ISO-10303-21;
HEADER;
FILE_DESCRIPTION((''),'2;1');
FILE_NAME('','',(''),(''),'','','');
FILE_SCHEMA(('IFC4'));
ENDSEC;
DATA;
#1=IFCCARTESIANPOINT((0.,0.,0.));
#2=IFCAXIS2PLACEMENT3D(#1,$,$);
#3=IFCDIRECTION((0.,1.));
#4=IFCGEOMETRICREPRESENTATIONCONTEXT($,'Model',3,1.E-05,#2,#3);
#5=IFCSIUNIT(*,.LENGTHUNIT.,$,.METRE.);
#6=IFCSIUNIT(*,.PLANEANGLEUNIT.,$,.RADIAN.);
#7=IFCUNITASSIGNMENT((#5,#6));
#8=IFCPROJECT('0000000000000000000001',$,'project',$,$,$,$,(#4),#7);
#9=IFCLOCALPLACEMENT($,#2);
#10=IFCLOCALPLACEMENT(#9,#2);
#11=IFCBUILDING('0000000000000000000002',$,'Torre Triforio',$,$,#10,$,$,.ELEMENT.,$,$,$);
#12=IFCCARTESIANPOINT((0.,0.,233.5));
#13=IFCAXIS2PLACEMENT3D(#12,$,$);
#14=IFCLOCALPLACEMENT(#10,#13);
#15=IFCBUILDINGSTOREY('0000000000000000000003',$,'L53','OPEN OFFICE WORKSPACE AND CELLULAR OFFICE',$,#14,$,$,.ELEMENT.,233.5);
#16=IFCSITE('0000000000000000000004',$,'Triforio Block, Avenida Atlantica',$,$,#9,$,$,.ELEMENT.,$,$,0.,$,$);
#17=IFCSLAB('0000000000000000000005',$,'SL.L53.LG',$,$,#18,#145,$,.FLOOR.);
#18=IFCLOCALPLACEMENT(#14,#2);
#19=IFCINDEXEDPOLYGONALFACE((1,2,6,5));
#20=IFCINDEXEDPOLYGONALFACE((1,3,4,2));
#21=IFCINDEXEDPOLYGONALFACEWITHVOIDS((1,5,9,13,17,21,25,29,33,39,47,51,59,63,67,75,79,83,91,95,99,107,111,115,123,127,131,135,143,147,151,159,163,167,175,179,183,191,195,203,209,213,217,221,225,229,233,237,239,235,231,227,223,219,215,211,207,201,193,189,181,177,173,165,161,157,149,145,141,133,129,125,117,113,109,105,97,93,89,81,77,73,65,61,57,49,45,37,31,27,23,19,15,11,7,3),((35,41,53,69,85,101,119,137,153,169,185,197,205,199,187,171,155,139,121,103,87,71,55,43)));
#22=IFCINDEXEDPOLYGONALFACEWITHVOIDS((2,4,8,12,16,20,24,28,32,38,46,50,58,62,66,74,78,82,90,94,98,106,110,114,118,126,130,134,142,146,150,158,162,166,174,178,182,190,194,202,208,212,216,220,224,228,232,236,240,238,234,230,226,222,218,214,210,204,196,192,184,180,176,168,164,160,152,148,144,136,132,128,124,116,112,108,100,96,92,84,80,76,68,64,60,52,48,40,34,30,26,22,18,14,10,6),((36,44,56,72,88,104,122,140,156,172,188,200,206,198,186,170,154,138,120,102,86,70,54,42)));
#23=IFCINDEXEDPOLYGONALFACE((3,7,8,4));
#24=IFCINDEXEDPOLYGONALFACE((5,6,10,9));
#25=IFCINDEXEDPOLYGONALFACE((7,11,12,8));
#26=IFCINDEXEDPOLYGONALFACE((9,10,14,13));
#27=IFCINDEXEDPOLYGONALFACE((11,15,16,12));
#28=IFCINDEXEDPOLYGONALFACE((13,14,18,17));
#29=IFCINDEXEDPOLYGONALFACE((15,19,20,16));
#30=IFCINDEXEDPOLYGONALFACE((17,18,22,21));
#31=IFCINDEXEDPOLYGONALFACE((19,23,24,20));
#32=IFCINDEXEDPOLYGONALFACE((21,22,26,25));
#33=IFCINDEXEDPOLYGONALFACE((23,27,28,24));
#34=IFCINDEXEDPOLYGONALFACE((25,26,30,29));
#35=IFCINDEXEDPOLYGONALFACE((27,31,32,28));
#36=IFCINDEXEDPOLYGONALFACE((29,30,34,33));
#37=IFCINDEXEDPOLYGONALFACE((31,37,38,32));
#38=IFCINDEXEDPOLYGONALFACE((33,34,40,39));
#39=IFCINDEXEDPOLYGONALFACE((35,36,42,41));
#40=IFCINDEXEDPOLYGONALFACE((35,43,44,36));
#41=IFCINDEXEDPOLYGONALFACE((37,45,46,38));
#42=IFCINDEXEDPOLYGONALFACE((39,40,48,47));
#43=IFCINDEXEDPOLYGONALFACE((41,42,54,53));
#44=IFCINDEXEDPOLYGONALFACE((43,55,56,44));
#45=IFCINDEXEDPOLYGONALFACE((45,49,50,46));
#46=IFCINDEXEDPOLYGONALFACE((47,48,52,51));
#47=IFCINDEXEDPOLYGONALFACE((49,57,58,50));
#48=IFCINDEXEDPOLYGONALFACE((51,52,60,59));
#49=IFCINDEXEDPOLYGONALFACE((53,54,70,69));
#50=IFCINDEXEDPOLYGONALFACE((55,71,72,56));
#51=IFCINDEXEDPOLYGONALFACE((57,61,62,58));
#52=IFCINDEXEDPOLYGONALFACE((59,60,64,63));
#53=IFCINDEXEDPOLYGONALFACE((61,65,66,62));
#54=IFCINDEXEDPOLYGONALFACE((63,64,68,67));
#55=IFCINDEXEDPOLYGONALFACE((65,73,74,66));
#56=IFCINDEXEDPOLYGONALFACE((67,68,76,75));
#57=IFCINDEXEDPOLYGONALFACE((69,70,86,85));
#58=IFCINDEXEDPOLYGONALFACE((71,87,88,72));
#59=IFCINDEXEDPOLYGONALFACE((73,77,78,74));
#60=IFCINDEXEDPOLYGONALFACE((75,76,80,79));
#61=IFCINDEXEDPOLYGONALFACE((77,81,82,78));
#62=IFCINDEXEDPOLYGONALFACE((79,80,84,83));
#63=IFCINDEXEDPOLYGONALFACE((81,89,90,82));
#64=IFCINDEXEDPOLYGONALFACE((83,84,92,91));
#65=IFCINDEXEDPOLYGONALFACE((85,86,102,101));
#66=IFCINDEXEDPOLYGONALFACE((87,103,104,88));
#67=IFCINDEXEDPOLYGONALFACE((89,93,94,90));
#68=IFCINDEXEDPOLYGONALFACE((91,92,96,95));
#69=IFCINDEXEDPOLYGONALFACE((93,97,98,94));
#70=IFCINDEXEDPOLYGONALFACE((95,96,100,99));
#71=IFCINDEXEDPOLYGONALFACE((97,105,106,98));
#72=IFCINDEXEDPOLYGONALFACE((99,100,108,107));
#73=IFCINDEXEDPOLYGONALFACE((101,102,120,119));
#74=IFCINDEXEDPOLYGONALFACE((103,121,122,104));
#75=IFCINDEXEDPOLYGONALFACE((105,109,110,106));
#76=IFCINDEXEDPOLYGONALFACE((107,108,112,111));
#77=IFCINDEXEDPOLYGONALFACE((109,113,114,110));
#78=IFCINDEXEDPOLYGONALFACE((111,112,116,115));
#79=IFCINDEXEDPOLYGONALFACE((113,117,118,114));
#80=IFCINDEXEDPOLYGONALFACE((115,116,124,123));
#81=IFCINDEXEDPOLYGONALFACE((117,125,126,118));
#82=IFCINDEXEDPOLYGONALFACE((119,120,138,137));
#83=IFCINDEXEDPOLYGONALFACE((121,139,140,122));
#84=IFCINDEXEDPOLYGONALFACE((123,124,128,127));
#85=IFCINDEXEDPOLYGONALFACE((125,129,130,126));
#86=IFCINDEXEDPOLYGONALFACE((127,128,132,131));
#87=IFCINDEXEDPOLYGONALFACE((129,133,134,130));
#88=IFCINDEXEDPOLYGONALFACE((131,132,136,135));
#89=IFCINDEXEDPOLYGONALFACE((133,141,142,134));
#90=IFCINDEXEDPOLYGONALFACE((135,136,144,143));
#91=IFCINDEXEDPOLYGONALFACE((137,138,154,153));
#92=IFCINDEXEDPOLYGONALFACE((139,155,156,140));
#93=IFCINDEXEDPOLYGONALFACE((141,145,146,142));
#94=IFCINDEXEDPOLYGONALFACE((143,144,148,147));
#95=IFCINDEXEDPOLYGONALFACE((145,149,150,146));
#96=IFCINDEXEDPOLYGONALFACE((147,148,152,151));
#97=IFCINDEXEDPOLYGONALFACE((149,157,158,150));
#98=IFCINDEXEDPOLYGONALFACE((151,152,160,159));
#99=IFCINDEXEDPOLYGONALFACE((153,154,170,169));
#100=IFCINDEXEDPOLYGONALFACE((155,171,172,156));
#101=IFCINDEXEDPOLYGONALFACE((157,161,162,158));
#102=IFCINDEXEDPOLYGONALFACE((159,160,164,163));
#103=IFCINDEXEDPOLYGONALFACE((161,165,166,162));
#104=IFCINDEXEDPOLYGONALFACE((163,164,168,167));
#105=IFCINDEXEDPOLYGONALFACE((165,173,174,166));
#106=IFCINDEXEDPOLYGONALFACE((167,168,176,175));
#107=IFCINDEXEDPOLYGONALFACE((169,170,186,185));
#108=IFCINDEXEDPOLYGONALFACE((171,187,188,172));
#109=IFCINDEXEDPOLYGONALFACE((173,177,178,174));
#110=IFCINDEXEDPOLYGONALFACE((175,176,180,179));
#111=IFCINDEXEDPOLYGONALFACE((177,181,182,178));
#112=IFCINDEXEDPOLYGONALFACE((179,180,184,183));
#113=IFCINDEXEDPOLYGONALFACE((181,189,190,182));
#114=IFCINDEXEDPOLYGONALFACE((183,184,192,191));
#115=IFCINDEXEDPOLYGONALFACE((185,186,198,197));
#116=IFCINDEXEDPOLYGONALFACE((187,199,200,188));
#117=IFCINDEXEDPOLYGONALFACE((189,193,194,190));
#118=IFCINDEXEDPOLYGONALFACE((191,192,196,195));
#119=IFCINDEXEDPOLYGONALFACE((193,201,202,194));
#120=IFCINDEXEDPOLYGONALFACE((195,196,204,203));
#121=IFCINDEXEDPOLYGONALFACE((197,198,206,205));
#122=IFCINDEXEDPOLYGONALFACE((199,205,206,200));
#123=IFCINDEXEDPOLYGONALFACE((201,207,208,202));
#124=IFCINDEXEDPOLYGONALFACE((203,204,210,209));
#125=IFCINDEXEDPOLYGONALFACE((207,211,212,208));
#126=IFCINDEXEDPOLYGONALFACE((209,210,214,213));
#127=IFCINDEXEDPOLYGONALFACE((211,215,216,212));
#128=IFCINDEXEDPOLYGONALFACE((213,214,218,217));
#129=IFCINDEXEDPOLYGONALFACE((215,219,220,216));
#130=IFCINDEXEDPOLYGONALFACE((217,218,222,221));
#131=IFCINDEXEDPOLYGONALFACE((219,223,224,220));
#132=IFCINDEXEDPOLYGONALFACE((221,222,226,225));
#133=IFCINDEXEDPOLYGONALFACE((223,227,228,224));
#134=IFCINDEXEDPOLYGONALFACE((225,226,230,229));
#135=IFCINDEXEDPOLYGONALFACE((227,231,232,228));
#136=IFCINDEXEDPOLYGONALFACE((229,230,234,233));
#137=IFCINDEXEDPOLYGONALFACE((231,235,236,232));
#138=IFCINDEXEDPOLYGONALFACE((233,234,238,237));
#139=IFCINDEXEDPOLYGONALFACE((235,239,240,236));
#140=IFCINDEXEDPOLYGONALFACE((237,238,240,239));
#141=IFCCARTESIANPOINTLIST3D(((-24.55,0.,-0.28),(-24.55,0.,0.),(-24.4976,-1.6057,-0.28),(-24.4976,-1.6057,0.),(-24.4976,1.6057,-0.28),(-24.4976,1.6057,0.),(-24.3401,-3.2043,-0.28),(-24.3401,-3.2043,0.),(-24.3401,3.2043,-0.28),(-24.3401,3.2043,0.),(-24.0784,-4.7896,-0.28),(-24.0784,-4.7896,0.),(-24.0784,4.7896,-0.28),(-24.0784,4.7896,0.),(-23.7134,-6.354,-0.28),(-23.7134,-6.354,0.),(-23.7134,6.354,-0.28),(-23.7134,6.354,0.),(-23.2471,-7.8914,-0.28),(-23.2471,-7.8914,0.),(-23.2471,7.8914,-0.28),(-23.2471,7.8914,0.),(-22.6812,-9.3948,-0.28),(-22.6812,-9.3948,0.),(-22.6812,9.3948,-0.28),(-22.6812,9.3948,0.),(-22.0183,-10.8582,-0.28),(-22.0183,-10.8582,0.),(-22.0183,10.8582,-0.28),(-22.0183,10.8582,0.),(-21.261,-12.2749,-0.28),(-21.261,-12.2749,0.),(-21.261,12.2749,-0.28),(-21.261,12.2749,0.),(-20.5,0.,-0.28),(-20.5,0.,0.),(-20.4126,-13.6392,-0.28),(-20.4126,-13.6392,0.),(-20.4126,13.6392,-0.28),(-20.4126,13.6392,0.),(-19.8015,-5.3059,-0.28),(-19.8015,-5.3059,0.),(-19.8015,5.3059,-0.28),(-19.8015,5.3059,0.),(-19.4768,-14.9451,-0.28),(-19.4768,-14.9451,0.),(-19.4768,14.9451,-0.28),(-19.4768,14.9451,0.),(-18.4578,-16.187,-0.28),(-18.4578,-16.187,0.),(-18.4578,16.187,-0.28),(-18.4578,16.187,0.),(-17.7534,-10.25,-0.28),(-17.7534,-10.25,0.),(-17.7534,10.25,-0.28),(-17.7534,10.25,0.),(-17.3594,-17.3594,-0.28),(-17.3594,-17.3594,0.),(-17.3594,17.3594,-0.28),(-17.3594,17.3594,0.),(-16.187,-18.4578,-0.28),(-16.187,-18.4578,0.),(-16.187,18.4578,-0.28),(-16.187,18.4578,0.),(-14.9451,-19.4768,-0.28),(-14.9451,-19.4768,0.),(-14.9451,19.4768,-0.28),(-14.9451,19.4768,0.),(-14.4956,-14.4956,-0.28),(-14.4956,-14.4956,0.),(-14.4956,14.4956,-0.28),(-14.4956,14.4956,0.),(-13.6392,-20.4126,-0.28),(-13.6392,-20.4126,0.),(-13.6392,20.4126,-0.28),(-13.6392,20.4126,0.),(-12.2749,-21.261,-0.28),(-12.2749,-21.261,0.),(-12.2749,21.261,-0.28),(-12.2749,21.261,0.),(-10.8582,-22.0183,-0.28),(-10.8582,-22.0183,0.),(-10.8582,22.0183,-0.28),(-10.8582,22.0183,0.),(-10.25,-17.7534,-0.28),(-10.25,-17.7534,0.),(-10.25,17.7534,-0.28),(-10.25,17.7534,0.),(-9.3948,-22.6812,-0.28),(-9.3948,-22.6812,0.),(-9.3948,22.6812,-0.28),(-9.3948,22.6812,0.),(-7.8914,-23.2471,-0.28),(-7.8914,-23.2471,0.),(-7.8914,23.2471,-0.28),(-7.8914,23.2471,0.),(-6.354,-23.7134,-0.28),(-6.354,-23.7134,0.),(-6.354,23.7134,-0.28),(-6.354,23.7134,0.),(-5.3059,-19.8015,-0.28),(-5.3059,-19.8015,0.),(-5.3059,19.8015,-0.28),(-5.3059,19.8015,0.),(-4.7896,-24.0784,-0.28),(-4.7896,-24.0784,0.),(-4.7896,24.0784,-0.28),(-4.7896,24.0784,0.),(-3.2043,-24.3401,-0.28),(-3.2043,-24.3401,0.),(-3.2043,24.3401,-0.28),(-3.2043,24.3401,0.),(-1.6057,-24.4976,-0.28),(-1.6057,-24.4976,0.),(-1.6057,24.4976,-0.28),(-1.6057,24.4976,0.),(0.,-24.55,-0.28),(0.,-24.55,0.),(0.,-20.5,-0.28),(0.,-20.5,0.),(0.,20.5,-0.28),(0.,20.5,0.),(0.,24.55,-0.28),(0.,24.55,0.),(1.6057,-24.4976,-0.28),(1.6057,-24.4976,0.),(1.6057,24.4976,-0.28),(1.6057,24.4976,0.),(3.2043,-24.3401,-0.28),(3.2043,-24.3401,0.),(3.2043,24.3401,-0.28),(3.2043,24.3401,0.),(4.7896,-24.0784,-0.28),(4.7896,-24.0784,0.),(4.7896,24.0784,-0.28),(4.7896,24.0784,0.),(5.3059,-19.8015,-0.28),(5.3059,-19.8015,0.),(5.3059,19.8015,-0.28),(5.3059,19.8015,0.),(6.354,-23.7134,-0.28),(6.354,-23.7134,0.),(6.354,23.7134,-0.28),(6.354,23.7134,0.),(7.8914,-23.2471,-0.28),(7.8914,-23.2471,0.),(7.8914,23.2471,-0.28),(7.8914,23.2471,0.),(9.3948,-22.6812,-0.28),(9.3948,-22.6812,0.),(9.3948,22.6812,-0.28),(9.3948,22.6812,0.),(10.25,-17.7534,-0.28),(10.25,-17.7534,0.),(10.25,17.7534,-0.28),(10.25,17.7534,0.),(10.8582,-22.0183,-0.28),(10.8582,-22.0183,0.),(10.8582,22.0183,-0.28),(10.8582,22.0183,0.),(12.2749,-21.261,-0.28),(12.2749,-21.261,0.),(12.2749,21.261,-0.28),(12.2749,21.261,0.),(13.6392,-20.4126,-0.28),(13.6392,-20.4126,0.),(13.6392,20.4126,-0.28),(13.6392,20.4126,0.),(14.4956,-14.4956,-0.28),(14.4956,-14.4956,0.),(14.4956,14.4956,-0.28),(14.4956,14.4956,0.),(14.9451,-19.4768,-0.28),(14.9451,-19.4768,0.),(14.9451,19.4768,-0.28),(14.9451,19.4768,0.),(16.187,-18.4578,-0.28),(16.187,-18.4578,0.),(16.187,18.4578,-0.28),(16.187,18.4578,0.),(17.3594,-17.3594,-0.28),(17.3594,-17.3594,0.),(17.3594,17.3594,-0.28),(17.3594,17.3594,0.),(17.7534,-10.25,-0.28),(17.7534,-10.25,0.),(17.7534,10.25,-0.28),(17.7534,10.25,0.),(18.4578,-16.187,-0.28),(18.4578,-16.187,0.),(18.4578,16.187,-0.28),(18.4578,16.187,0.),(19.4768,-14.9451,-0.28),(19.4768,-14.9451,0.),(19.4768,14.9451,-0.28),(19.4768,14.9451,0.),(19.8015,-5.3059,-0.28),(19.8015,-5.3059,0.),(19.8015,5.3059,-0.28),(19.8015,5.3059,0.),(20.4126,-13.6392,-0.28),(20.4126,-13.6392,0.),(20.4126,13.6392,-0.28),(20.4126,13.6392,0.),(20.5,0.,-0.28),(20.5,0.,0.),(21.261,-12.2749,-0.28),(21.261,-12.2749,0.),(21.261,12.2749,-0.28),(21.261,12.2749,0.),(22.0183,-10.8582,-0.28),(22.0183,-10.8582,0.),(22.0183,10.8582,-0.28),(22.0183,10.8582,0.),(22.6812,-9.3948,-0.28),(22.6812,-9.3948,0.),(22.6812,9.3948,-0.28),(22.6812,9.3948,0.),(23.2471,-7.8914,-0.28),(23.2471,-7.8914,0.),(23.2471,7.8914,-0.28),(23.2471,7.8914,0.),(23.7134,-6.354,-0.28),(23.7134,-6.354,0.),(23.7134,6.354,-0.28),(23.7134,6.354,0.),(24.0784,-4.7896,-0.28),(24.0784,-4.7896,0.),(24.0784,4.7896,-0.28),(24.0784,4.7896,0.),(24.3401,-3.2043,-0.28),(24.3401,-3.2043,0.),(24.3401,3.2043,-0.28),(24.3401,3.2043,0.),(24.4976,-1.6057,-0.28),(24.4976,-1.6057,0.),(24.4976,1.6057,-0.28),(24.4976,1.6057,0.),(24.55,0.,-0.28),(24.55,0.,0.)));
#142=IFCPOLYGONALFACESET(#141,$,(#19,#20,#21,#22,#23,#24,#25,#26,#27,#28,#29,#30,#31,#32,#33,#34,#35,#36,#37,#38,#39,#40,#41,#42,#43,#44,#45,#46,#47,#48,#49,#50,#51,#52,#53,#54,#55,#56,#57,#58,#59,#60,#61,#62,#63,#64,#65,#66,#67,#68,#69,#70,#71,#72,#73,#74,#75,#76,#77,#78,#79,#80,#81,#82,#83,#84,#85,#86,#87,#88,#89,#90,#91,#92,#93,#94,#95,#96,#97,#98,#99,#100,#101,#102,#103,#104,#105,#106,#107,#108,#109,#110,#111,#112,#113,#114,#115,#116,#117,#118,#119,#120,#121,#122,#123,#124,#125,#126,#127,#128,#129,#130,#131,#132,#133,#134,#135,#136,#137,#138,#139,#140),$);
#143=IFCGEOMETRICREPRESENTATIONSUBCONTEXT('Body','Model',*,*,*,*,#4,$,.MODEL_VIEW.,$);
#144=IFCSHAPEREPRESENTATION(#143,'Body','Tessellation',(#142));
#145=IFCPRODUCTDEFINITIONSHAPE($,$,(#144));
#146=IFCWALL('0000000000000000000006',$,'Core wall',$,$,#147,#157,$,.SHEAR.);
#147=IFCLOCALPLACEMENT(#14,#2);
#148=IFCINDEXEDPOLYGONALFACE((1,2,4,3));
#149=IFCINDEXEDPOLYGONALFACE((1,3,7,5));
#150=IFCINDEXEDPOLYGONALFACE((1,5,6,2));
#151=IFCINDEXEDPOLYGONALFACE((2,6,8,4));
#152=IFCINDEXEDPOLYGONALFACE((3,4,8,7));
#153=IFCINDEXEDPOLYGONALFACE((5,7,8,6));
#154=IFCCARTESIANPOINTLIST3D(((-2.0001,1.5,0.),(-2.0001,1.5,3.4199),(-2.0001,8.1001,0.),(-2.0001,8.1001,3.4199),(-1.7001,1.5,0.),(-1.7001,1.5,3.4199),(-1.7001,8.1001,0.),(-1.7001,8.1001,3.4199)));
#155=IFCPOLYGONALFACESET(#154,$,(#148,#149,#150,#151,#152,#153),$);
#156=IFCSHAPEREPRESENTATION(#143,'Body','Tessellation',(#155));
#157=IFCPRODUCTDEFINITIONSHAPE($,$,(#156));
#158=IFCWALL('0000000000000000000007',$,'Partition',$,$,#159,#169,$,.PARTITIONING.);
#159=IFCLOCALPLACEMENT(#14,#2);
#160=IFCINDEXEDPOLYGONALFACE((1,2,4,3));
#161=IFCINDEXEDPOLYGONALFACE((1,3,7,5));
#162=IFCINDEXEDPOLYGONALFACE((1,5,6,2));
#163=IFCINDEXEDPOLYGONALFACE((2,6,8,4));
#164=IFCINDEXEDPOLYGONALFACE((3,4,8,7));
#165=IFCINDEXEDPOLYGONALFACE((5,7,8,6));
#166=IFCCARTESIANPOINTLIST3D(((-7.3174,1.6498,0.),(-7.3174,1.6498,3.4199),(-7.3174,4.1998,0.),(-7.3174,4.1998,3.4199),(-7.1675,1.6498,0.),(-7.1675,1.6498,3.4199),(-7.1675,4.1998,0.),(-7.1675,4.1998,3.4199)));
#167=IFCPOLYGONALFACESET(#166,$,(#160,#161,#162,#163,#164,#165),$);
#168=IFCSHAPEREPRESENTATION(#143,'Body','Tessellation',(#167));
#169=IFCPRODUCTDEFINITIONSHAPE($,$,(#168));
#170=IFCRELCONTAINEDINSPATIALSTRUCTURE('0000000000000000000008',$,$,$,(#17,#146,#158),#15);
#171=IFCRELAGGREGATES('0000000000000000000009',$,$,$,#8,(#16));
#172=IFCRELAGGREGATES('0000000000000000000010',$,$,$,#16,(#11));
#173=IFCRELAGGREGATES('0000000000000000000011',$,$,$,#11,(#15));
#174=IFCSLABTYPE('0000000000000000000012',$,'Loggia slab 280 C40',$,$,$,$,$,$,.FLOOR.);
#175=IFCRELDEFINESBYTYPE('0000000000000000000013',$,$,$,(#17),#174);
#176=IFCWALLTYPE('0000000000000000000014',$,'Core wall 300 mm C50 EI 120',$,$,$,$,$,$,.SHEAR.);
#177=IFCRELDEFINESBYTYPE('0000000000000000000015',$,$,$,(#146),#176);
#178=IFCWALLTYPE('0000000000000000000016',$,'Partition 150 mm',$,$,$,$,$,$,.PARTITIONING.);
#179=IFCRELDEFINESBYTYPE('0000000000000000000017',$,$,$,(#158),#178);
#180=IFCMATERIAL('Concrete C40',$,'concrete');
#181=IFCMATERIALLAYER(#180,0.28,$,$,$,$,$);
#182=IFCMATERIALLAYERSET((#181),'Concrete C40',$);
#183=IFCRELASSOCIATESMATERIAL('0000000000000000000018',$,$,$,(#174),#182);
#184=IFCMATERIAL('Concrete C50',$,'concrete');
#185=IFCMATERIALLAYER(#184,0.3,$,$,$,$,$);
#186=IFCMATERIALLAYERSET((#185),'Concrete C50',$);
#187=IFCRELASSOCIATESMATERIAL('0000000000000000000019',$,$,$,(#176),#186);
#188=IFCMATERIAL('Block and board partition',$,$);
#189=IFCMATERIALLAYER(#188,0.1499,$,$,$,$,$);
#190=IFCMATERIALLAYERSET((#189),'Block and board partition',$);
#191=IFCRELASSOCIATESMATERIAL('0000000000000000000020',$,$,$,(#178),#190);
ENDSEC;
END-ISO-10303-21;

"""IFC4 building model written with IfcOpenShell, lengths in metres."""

from ifc_helpers import new_model, si_unit, direction, frame, frame_2d, origin, place, context, subcontext, project, spatial, polyline, rectangle, outline, extrude, material, layer, layer_set, type_object, element, save


model = new_model("IFC4")

# Units and contexts
model_context = context("Model", 3, precision=1e-05, world=origin(), true_north=direction((0.0, 1.0)))
body_context = subcontext(model_context, "Body", "Model", "MODEL_VIEW")
ifc_project = project(units=[si_unit("LENGTHUNIT", "METRE"), si_unit("PLANEANGLEUNIT", "RADIAN")], contexts=[model_context])

# Site, building, storey
site_placement = place(None, origin())
site = spatial("IfcSite", under=ifc_project, at=site_placement, Name="Triforio Block, Avenida Atlantica", CompositionType="ELEMENT", RefElevation=0.0)
building_placement = place(site_placement, origin())
building = spatial("IfcBuilding", under=site, at=building_placement, Name="Torre Triforio", CompositionType="ELEMENT")
storey_placement = place(building_placement, frame((0.0, 0.0, 233.5)))
storey = spatial("IfcBuildingStorey", under=building, at=storey_placement, Name="L53", Description="OPEN OFFICE WORKSPACE AND CELLULAR OFFICE", CompositionType="ELEMENT", Elevation=233.5)

# Slab
ifc_material_1 = material(Name="Concrete C40", Category="concrete")
ifc_layer_1 = layer(ifc_material_1, 0.28)
ifc_layer_set_1 = layer_set([ifc_layer_1], Name="Concrete C40")
slab_type_1 = type_object("IfcSlabType", Name="Loggia slab 280 C40", PredefinedType="FLOOR", material=ifc_layer_set_1)
slab_1_placement = place(storey_placement, frame((0.0, 0.0, -0.28)))
element("IfcSlab", 1, at=slab_1_placement, inside=storey, type_object=slab_type_1, Name="SL.L53.LG", PredefinedType="FLOOR", context=body_context, shape_type="SweptSolid", body=[
    extrude(outline(polyline([(24.4976, -1.6057), (24.55, 0.0), (24.4976, 1.6057), (24.3401, 3.2043), (24.0784, 4.7896), (23.7134, 6.354), (23.2471, 7.8914), (22.6812, 9.3948), (22.0183, 10.8582), (21.261, 12.2749), (20.4126, 13.6392), (19.4768, 14.9451), (18.4578, 16.187), (17.3594, 17.3594), (16.187, 18.4578), (14.9451, 19.4768), (13.6392, 20.4126), (12.2749, 21.261), (10.8582, 22.0183), (9.3948, 22.6812), (7.8914, 23.2471), (6.354, 23.7134), (4.7896, 24.0784), (3.2043, 24.3401), (1.6057, 24.4976), (0.0, 24.55), (-1.6057, 24.4976), (-3.2043, 24.3401), (-4.7896, 24.0784), (-6.354, 23.7134), (-7.8914, 23.2471), (-9.3948, 22.6812), (-10.8582, 22.0183), (-12.2749, 21.261), (-13.6392, 20.4126), (-14.9451, 19.4768), (-16.187, 18.4578), (-17.3594, 17.3594), (-18.4578, 16.187), (-19.4768, 14.9451), (-20.4126, 13.6392), (-21.261, 12.2749), (-22.0183, 10.8582), (-22.6812, 9.3948), (-23.2471, 7.8914), (-23.7134, 6.354), (-24.0784, 4.7896), (-24.3401, 3.2043), (-24.4976, 1.6057), (-24.55, 0.0), (-24.4976, -1.6057), (-24.3401, -3.2043), (-24.0784, -4.7896), (-23.7134, -6.354), (-23.2471, -7.8914), (-22.6812, -9.3948), (-22.0183, -10.8582), (-21.261, -12.2749), (-20.4126, -13.6392), (-19.4768, -14.9451), (-18.4578, -16.187), (-17.3594, -17.3594), (-16.187, -18.4578), (-14.9451, -19.4768), (-13.6392, -20.4126), (-12.2749, -21.261), (-10.8582, -22.0183), (-9.3948, -22.6812), (-7.8914, -23.2471), (-6.354, -23.7134), (-4.7896, -24.0784), (-3.2043, -24.3401), (-1.6057, -24.4976), (0.0, -24.55), (1.6057, -24.4976), (3.2043, -24.3401), (4.7896, -24.0784), (6.354, -23.7134), (7.8914, -23.2471), (9.3948, -22.6812), (10.8582, -22.0183), (12.2749, -21.261), (13.6392, -20.4126), (14.9451, -19.4768), (16.187, -18.4578), (17.3594, -17.3594), (18.4578, -16.187), (19.4768, -14.9451), (20.4126, -13.6392), (21.261, -12.2749), (22.0183, -10.8582), (22.6812, -9.3948), (23.2471, -7.8914), (23.7134, -6.354), (24.0784, -4.7896), (24.3401, -3.2043), (24.4976, -1.6057)]), holes=[polyline([(19.8015, 5.3059), (20.5, 0.0), (19.8015, -5.3059), (17.7534, -10.25), (14.4956, -14.4956), (10.25, -17.7534), (5.3059, -19.8015), (0.0, -20.5), (-5.3059, -19.8015), (-10.25, -17.7534), (-14.4956, -14.4956), (-17.7534, -10.25), (-19.8015, -5.3059), (-20.5, 0.0), (-19.8015, 5.3059), (-17.7534, 10.25), (-14.4956, 14.4956), (-10.25, 17.7534), (-5.3059, 19.8015), (0.0, 20.5), (5.3059, 19.8015), (10.25, 17.7534), (14.4956, 14.4956), (17.7534, 10.25), (19.8015, 5.3059)])]), origin(), (0.0, 0.0, 1.0), 0.28),
])

# Walls
ifc_material_2 = material(Name="Concrete C50", Category="concrete")
ifc_layer_2 = layer(ifc_material_2, 0.3)
ifc_layer_set_2 = layer_set([ifc_layer_2], Name="Concrete C50")
wall_type_1 = type_object("IfcWallType", Name="Core wall 300 mm C50 EI 120", PredefinedType="SHEAR", material=ifc_layer_set_2)
wall_1_placement = place(storey_placement, frame((-1.8501, 1.5, 0.0), z_axis=(0.0, 0.0, 1.0), x_axis=(0.0, 1.0, 0.0)))
element("IfcWall", 2, at=wall_1_placement, inside=storey, type_object=wall_type_1, Name="Core wall", PredefinedType="SHEAR", context=body_context, shape_type="SweptSolid", body=[
    extrude(rectangle(XDim=6.6001, YDim=0.3, at=frame_2d((3.3, 0.0))), origin(), (0.0, 0.0, 1.0), 3.4199),
])
ifc_material_3 = material(Name="Block and board partition")
ifc_layer_3 = layer(ifc_material_3, 0.1499)
ifc_layer_set_3 = layer_set([ifc_layer_3], Name="Block and board partition")
wall_type_2 = type_object("IfcWallType", Name="Partition 150 mm", PredefinedType="PARTITIONING", material=ifc_layer_set_3)
wall_2_placement = place(storey_placement, frame((-7.2424, 1.6499, 0.0), z_axis=(0.0, 0.0, 1.0), x_axis=(0.0, 1.0, 0.0)))
element("IfcWall", 3, at=wall_2_placement, inside=storey, type_object=wall_type_2, Name="Partition", PredefinedType="PARTITIONING", context=body_context, shape_type="SweptSolid", body=[
    extrude(rectangle(XDim=2.55, YDim=0.1499, at=frame_2d((1.2749, 0.0))), origin(), (0.0, 0.0, 1.0), 3.4199),
])

save(model, "model.ifc")
